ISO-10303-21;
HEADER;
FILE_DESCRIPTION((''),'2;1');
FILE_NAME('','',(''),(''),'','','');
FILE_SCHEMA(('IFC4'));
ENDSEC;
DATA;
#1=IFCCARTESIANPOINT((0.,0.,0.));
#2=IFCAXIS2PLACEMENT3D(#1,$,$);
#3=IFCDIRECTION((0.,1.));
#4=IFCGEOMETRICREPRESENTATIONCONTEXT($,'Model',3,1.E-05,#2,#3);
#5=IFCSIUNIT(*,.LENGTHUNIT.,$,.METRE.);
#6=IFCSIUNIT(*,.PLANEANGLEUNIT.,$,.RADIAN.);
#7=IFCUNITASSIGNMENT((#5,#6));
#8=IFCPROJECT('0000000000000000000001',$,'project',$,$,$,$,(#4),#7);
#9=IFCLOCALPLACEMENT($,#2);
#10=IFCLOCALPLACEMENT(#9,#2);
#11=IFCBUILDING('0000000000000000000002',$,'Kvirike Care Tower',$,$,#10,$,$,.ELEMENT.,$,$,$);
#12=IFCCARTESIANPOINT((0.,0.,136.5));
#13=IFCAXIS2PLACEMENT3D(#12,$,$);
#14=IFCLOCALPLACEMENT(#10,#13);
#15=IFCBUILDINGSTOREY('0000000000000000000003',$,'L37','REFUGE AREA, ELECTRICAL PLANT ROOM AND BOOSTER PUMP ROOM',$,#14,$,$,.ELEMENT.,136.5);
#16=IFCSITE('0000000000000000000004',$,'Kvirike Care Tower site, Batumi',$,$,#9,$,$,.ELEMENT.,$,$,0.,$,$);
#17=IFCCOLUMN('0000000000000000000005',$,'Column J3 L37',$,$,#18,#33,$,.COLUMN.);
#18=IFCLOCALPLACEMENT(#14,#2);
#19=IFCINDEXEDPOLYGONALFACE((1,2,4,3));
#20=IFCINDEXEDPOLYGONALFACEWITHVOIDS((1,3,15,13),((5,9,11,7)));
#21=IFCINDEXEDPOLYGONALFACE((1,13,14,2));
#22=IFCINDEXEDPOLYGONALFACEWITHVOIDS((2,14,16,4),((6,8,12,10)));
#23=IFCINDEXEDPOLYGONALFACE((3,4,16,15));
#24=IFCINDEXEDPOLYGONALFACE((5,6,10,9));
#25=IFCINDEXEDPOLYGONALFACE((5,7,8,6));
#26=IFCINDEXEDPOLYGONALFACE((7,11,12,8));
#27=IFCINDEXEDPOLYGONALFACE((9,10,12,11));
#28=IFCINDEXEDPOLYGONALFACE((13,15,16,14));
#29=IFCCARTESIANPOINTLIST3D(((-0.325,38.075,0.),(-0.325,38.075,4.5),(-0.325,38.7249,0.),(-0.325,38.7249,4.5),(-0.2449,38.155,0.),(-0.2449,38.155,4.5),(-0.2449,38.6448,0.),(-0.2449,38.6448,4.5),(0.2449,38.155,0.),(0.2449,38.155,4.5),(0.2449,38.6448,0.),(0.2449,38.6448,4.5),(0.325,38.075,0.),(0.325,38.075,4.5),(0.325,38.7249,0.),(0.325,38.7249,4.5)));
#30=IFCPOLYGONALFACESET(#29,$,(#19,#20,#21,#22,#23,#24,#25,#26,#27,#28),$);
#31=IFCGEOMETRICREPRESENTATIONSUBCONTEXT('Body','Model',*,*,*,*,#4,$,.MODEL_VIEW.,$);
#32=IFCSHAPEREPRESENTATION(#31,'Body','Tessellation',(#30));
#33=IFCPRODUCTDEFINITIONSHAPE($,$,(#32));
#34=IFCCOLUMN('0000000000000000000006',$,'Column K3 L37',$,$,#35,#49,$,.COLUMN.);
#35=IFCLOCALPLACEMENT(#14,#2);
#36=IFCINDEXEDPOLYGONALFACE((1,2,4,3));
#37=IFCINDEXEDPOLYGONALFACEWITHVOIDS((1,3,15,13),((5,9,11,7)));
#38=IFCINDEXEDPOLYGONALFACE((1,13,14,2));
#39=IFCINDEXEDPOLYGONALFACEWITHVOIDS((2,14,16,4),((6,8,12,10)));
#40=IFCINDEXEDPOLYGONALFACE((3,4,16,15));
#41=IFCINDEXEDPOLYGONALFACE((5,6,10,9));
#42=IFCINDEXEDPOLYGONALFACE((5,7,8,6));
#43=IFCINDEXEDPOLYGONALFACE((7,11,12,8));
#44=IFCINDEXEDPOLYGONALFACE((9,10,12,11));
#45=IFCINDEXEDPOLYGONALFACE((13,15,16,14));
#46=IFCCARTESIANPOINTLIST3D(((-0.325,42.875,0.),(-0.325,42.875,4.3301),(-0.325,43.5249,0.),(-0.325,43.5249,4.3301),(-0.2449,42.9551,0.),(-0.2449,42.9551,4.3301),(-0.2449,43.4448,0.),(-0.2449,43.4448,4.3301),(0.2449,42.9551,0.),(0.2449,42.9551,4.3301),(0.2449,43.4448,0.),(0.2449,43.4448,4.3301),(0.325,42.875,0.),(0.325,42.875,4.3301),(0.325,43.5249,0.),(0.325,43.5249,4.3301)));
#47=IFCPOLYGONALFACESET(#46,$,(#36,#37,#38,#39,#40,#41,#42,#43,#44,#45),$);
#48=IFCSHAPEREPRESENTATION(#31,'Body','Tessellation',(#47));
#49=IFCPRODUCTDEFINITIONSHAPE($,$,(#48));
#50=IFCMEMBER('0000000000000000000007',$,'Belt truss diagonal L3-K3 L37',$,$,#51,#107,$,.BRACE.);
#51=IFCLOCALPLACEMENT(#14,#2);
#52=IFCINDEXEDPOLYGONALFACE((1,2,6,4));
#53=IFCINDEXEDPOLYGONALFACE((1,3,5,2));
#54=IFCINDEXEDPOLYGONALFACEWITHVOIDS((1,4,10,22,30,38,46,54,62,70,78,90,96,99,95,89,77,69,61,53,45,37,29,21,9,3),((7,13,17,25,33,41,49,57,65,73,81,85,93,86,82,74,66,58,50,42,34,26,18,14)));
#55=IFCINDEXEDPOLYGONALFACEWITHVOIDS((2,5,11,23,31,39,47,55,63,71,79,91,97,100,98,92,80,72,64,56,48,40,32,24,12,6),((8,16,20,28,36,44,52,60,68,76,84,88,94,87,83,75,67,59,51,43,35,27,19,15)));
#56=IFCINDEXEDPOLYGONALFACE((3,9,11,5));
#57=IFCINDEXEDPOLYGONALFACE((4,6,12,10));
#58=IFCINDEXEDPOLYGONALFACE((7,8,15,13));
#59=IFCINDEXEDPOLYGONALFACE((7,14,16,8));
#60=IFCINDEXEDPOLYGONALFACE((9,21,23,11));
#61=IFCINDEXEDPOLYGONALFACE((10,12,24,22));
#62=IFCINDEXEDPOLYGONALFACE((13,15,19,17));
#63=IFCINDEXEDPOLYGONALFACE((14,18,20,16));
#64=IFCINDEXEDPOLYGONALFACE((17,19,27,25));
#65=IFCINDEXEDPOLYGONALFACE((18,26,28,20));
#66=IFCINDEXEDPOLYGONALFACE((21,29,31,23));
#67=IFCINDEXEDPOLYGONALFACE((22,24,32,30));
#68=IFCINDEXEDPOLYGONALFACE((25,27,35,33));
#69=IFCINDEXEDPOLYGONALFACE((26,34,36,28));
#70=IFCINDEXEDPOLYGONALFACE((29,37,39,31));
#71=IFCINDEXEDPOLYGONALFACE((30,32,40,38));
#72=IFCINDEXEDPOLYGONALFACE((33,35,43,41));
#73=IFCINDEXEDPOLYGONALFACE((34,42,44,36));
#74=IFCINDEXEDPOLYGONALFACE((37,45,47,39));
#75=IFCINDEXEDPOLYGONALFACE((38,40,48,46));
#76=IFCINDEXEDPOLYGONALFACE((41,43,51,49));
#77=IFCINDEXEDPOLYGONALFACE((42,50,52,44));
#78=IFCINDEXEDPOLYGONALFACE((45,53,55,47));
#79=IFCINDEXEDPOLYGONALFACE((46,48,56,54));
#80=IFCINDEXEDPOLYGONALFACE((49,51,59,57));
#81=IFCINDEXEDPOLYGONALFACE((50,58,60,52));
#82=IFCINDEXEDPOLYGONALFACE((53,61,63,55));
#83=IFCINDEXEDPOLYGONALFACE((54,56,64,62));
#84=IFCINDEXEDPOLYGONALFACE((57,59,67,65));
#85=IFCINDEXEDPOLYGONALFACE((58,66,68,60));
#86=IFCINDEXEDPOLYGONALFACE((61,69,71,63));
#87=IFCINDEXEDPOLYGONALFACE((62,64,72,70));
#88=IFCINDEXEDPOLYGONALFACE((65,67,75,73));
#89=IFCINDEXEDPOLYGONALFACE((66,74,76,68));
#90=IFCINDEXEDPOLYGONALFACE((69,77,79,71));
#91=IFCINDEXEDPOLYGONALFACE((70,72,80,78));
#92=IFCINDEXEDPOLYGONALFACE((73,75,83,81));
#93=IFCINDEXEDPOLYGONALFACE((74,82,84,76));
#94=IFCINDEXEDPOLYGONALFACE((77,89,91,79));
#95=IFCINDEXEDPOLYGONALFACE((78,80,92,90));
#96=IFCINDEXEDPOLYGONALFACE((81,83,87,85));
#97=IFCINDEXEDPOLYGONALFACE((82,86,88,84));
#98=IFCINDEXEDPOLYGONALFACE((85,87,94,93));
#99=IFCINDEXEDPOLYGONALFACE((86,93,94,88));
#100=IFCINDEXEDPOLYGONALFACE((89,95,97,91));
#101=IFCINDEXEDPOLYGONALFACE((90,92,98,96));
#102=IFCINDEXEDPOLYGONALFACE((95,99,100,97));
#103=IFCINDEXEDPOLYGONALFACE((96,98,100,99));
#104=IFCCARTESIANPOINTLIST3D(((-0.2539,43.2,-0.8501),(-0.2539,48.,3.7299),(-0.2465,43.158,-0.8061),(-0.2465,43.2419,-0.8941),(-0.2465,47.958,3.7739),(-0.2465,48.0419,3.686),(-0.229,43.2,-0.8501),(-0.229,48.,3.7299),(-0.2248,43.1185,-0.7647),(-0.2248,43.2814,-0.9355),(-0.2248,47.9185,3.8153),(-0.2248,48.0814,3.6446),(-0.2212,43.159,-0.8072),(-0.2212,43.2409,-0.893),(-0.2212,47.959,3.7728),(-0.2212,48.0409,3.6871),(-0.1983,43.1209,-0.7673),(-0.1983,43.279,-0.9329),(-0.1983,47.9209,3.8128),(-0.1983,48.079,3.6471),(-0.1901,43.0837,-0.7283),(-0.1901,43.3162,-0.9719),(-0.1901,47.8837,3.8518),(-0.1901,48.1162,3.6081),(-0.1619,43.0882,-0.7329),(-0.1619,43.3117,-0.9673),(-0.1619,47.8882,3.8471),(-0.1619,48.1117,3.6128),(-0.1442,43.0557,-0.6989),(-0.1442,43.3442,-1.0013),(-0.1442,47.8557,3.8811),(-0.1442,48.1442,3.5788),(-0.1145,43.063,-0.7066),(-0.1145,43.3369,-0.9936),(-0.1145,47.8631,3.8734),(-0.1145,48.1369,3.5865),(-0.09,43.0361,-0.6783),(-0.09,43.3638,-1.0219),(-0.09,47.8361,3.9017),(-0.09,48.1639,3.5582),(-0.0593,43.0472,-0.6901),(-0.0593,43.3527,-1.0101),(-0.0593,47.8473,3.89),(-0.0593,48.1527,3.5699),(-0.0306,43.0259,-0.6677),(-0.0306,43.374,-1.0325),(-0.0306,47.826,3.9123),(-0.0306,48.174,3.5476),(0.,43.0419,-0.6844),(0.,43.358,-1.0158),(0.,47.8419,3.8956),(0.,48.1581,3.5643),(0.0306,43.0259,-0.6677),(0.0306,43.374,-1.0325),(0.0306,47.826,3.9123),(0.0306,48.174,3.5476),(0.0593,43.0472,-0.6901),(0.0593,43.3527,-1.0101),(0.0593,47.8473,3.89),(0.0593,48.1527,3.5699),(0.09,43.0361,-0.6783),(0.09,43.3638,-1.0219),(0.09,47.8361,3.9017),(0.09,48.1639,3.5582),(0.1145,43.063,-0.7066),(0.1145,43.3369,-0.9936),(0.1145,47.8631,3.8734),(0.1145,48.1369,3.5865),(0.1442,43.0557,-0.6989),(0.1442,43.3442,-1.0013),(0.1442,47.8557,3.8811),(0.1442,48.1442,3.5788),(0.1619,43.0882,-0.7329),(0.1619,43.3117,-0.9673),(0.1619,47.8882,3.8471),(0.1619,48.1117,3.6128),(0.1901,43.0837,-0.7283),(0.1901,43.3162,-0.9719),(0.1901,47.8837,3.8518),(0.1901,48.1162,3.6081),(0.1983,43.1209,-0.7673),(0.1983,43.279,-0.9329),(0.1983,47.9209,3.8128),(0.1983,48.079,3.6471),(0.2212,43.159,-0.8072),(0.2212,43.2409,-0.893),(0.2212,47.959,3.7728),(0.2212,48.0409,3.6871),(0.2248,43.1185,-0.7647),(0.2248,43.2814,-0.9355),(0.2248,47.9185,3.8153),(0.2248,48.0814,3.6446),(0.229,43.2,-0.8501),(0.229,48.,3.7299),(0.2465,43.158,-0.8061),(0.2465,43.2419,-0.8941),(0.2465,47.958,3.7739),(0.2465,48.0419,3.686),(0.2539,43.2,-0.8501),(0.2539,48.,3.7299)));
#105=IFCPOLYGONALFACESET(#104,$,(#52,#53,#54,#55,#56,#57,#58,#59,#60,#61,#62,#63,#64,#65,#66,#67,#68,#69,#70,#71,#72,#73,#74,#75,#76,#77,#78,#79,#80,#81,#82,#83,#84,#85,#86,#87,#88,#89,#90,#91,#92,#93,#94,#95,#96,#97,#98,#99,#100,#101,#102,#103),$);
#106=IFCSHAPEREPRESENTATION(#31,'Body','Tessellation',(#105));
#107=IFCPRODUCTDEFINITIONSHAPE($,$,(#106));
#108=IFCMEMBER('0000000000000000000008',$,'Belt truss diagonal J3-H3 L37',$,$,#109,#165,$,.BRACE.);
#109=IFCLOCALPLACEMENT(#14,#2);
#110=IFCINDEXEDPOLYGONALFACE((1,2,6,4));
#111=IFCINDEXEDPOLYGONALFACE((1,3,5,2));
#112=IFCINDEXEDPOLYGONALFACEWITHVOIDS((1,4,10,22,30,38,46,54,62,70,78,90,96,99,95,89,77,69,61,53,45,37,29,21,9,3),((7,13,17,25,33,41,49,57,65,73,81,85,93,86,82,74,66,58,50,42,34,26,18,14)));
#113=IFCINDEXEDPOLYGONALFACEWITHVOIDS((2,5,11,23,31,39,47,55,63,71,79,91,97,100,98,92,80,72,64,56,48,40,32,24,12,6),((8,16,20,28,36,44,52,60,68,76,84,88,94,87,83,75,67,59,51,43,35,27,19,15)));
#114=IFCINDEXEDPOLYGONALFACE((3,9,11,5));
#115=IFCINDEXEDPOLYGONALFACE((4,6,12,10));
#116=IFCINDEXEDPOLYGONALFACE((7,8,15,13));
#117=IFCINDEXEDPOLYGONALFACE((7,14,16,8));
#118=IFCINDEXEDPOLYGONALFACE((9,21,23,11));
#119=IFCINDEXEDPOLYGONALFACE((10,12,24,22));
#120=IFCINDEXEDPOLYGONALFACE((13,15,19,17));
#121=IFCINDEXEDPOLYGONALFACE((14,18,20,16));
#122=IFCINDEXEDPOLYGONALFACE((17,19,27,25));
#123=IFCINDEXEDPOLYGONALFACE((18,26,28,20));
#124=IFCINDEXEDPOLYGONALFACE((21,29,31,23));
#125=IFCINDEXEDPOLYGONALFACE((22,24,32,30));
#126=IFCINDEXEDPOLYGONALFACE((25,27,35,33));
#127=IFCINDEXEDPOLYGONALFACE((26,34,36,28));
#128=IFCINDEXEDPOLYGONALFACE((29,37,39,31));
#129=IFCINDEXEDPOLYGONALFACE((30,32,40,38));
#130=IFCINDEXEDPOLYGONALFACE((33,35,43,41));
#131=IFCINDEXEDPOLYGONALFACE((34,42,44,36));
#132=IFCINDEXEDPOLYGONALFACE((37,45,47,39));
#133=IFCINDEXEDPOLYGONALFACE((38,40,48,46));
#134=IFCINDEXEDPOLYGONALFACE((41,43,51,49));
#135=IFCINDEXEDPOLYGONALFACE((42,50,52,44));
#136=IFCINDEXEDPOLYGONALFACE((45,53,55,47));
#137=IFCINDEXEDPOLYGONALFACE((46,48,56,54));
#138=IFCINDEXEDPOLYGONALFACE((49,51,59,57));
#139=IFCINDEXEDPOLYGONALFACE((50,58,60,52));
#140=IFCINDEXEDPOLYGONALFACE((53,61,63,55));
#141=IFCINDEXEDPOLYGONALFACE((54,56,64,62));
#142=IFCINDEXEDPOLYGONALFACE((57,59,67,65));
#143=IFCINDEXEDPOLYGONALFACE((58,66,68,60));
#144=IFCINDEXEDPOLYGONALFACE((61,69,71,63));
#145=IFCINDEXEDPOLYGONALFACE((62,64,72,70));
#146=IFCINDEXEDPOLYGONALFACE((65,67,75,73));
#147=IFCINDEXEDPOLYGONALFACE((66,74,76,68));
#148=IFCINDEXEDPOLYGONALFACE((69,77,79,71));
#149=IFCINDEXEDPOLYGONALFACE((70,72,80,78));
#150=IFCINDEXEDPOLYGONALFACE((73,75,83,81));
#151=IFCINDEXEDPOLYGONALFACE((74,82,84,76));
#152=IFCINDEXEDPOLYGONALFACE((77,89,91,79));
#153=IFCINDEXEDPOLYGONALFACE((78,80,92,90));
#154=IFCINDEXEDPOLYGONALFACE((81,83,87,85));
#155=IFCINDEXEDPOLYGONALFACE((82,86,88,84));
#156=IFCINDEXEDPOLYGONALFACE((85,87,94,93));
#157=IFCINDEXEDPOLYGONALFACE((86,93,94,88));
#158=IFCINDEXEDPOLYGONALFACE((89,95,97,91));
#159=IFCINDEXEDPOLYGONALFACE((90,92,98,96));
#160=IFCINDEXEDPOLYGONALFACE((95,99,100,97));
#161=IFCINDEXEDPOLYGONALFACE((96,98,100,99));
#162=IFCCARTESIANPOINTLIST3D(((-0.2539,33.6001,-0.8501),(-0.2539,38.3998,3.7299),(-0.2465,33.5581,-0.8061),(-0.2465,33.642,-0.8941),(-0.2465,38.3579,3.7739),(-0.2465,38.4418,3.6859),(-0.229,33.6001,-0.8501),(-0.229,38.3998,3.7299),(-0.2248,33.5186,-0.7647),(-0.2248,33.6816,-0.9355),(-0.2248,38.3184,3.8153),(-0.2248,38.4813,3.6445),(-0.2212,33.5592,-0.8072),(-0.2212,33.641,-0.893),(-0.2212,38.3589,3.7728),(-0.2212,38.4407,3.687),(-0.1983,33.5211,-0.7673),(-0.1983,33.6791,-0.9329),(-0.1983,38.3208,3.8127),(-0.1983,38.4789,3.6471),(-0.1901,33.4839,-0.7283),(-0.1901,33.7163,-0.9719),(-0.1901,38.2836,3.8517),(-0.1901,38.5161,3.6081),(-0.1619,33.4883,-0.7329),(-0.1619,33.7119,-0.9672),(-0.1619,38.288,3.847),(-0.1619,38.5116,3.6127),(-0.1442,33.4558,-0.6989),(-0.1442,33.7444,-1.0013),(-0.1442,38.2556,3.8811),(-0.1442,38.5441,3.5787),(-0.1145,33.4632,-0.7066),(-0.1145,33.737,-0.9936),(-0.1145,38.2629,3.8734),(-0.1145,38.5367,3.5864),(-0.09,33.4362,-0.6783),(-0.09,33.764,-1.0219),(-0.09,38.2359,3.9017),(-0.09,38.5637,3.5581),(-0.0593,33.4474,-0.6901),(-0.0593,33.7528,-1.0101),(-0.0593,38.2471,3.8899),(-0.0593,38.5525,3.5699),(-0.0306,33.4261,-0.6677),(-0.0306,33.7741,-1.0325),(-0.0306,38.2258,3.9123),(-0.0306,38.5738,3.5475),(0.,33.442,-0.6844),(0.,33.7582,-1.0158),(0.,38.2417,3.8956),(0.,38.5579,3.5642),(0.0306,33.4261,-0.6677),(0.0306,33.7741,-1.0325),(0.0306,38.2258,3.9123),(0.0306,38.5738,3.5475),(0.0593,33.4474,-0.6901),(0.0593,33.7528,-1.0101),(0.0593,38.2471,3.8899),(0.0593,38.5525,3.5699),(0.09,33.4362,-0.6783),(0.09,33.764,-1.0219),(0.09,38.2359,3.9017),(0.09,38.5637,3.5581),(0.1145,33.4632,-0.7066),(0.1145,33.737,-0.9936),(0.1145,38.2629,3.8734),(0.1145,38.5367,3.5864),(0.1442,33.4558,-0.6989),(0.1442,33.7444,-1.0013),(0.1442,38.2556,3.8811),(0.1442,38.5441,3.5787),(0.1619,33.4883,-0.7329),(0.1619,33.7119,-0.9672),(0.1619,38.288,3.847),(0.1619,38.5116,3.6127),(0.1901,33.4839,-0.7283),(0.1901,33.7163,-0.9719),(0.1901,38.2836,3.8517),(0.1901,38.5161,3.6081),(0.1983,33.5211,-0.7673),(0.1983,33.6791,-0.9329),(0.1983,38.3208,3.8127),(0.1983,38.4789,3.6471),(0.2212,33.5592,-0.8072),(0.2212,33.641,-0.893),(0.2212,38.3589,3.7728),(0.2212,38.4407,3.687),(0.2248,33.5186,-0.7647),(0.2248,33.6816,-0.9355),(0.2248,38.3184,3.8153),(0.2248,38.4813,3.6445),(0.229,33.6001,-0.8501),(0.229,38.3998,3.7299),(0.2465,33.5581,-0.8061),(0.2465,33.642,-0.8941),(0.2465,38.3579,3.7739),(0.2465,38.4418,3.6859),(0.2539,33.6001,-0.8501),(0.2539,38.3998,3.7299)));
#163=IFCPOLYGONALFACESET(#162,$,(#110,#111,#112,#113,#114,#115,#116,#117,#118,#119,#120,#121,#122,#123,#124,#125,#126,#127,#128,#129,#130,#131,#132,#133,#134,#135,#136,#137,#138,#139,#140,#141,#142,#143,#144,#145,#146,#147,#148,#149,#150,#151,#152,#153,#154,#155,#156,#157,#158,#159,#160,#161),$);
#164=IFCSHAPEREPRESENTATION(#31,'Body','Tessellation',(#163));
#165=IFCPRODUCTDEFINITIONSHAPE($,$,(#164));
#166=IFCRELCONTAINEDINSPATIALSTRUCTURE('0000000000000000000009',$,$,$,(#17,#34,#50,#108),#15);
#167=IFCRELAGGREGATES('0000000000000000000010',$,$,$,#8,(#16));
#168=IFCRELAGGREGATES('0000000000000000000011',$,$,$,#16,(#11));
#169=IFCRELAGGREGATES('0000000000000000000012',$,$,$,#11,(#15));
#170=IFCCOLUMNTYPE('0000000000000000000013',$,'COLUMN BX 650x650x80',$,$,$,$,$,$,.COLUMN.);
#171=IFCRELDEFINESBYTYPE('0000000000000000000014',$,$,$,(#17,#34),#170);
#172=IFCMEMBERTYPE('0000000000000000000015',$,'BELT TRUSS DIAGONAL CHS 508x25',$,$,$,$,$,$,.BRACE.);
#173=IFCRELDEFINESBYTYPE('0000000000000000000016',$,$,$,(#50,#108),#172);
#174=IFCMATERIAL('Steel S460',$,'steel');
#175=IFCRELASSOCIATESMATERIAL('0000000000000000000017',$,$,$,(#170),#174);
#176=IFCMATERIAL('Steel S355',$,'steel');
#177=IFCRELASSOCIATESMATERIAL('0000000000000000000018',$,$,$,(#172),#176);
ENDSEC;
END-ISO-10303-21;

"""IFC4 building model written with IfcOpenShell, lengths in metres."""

from ifc_helpers import new_model, si_unit, direction, frame, origin, origin_2d, place, context, subcontext, project, spatial, hollow_rectangle, hollow_circle, extrude, material, material_profile, profile_set, type_object, element, save


model = new_model("IFC4")

# Units and contexts
model_context = context("Model", 3, precision=1e-05, world=origin(), true_north=direction((0.0, 1.0)))
body_context = subcontext(model_context, "Body", "Model", "MODEL_VIEW")
ifc_project = project(units=[si_unit("LENGTHUNIT", "METRE"), si_unit("PLANEANGLEUNIT", "RADIAN")], contexts=[model_context])

# Site, building, storey
site_placement = place(None, origin())
site = spatial("IfcSite", under=ifc_project, at=site_placement, Name="Kvirike Care Tower site, Batumi", CompositionType="ELEMENT", RefElevation=0.0)
building_placement = place(site_placement, origin())
building = spatial("IfcBuilding", under=site, at=building_placement, Name="Kvirike Care Tower", CompositionType="ELEMENT")
storey_placement = place(building_placement, frame((0.0, 0.0, 136.5)))
storey = spatial("IfcBuildingStorey", under=building, at=storey_placement, Name="L37", Description="REFUGE AREA, ELECTRICAL PLANT ROOM AND BOOSTER PUMP ROOM", CompositionType="ELEMENT", Elevation=136.5)

# Columns
ifc_material_1 = material(Name="Steel S460", Category="steel")
ifc_material_profile_1 = material_profile(ifc_material_1, hollow_rectangle(XDim=0.6499, YDim=0.6499, WallThickness=0.0801, at=origin_2d()), Name="BX 650x650x80")
ifc_profile_set_1 = profile_set([ifc_material_profile_1], Name="Steel S460")
column_type = type_object("IfcColumnType", Name="COLUMN BX 650x650x80", PredefinedType="COLUMN", material=ifc_profile_set_1)
column_1_placement = place(storey_placement, frame((0.0, 38.3999, 0.0), z_axis=(0.0, 0.0, 1.0), x_axis=(1.0, 0.0, 0.0)))
element("IfcColumn", 1, at=column_1_placement, inside=storey, type_object=column_type, Name="Column J3 L37", PredefinedType="COLUMN", context=body_context, shape_type="SweptSolid", body=[
    extrude(hollow_rectangle(XDim=0.6499, YDim=0.6499, WallThickness=0.0801, at=origin_2d()), origin(), (0.0, 0.0, 1.0), 4.5),
])
column_2_placement = place(storey_placement, frame((0.0, 43.2, 0.0), z_axis=(0.0, 0.0, 1.0), x_axis=(0.0, 1.0, 0.0)))
element("IfcColumn", 2, at=column_2_placement, inside=storey, type_object=column_type, Name="Column K3 L37", PredefinedType="COLUMN", context=body_context, shape_type="SweptSolid", body=[
    extrude(hollow_rectangle(XDim=0.6499, YDim=0.6499, WallThickness=0.0801, at=origin_2d()), origin(), (0.0, 0.0, 1.0), 4.3301),
])

# Members
ifc_material_2 = material(Name="Steel S355", Category="steel")
ifc_material_profile_2 = material_profile(ifc_material_2, hollow_circle(Radius=0.2539, WallThickness=0.0249, at=origin_2d()), Name="CHS 508x25")
ifc_profile_set_2 = profile_set([ifc_material_profile_2], Name="Steel S355")
member_type_1 = type_object("IfcMemberType", Name="BELT TRUSS DIAGONAL CHS 508x25", PredefinedType="BRACE", material=ifc_profile_set_2)
member_1_placement = place(storey_placement, frame((0.0, 43.2, -0.8501), z_axis=(0.0, 0.72349, 0.690335), x_axis=(-1.0, 0.0, 0.0)))
element("IfcMember", 3, at=member_1_placement, inside=storey, type_object=member_type_1, Name="Belt truss diagonal L3-K3 L37", PredefinedType="BRACE", context=body_context, shape_type="SweptSolid", body=[
    extrude(hollow_circle(Radius=0.2539, WallThickness=0.0249, at=origin_2d()), origin(), (0.0, 0.0, 1.0), 6.6345),
])
member_2_placement = place(storey_placement, frame((0.0, 33.6001, -0.8501), z_axis=(0.0, 0.723472, 0.690353), x_axis=(-1.0, 0.0, 0.0)))
element("IfcMember", 4, at=member_2_placement, inside=storey, type_object=member_type_1, Name="Belt truss diagonal J3-H3 L37", PredefinedType="BRACE", context=body_context, shape_type="SweptSolid", body=[
    extrude(hollow_circle(Radius=0.2539, WallThickness=0.0249, at=origin_2d()), origin(), (0.0, 0.0, 1.0), 6.6343),
])

save(model, "model.ifc")
